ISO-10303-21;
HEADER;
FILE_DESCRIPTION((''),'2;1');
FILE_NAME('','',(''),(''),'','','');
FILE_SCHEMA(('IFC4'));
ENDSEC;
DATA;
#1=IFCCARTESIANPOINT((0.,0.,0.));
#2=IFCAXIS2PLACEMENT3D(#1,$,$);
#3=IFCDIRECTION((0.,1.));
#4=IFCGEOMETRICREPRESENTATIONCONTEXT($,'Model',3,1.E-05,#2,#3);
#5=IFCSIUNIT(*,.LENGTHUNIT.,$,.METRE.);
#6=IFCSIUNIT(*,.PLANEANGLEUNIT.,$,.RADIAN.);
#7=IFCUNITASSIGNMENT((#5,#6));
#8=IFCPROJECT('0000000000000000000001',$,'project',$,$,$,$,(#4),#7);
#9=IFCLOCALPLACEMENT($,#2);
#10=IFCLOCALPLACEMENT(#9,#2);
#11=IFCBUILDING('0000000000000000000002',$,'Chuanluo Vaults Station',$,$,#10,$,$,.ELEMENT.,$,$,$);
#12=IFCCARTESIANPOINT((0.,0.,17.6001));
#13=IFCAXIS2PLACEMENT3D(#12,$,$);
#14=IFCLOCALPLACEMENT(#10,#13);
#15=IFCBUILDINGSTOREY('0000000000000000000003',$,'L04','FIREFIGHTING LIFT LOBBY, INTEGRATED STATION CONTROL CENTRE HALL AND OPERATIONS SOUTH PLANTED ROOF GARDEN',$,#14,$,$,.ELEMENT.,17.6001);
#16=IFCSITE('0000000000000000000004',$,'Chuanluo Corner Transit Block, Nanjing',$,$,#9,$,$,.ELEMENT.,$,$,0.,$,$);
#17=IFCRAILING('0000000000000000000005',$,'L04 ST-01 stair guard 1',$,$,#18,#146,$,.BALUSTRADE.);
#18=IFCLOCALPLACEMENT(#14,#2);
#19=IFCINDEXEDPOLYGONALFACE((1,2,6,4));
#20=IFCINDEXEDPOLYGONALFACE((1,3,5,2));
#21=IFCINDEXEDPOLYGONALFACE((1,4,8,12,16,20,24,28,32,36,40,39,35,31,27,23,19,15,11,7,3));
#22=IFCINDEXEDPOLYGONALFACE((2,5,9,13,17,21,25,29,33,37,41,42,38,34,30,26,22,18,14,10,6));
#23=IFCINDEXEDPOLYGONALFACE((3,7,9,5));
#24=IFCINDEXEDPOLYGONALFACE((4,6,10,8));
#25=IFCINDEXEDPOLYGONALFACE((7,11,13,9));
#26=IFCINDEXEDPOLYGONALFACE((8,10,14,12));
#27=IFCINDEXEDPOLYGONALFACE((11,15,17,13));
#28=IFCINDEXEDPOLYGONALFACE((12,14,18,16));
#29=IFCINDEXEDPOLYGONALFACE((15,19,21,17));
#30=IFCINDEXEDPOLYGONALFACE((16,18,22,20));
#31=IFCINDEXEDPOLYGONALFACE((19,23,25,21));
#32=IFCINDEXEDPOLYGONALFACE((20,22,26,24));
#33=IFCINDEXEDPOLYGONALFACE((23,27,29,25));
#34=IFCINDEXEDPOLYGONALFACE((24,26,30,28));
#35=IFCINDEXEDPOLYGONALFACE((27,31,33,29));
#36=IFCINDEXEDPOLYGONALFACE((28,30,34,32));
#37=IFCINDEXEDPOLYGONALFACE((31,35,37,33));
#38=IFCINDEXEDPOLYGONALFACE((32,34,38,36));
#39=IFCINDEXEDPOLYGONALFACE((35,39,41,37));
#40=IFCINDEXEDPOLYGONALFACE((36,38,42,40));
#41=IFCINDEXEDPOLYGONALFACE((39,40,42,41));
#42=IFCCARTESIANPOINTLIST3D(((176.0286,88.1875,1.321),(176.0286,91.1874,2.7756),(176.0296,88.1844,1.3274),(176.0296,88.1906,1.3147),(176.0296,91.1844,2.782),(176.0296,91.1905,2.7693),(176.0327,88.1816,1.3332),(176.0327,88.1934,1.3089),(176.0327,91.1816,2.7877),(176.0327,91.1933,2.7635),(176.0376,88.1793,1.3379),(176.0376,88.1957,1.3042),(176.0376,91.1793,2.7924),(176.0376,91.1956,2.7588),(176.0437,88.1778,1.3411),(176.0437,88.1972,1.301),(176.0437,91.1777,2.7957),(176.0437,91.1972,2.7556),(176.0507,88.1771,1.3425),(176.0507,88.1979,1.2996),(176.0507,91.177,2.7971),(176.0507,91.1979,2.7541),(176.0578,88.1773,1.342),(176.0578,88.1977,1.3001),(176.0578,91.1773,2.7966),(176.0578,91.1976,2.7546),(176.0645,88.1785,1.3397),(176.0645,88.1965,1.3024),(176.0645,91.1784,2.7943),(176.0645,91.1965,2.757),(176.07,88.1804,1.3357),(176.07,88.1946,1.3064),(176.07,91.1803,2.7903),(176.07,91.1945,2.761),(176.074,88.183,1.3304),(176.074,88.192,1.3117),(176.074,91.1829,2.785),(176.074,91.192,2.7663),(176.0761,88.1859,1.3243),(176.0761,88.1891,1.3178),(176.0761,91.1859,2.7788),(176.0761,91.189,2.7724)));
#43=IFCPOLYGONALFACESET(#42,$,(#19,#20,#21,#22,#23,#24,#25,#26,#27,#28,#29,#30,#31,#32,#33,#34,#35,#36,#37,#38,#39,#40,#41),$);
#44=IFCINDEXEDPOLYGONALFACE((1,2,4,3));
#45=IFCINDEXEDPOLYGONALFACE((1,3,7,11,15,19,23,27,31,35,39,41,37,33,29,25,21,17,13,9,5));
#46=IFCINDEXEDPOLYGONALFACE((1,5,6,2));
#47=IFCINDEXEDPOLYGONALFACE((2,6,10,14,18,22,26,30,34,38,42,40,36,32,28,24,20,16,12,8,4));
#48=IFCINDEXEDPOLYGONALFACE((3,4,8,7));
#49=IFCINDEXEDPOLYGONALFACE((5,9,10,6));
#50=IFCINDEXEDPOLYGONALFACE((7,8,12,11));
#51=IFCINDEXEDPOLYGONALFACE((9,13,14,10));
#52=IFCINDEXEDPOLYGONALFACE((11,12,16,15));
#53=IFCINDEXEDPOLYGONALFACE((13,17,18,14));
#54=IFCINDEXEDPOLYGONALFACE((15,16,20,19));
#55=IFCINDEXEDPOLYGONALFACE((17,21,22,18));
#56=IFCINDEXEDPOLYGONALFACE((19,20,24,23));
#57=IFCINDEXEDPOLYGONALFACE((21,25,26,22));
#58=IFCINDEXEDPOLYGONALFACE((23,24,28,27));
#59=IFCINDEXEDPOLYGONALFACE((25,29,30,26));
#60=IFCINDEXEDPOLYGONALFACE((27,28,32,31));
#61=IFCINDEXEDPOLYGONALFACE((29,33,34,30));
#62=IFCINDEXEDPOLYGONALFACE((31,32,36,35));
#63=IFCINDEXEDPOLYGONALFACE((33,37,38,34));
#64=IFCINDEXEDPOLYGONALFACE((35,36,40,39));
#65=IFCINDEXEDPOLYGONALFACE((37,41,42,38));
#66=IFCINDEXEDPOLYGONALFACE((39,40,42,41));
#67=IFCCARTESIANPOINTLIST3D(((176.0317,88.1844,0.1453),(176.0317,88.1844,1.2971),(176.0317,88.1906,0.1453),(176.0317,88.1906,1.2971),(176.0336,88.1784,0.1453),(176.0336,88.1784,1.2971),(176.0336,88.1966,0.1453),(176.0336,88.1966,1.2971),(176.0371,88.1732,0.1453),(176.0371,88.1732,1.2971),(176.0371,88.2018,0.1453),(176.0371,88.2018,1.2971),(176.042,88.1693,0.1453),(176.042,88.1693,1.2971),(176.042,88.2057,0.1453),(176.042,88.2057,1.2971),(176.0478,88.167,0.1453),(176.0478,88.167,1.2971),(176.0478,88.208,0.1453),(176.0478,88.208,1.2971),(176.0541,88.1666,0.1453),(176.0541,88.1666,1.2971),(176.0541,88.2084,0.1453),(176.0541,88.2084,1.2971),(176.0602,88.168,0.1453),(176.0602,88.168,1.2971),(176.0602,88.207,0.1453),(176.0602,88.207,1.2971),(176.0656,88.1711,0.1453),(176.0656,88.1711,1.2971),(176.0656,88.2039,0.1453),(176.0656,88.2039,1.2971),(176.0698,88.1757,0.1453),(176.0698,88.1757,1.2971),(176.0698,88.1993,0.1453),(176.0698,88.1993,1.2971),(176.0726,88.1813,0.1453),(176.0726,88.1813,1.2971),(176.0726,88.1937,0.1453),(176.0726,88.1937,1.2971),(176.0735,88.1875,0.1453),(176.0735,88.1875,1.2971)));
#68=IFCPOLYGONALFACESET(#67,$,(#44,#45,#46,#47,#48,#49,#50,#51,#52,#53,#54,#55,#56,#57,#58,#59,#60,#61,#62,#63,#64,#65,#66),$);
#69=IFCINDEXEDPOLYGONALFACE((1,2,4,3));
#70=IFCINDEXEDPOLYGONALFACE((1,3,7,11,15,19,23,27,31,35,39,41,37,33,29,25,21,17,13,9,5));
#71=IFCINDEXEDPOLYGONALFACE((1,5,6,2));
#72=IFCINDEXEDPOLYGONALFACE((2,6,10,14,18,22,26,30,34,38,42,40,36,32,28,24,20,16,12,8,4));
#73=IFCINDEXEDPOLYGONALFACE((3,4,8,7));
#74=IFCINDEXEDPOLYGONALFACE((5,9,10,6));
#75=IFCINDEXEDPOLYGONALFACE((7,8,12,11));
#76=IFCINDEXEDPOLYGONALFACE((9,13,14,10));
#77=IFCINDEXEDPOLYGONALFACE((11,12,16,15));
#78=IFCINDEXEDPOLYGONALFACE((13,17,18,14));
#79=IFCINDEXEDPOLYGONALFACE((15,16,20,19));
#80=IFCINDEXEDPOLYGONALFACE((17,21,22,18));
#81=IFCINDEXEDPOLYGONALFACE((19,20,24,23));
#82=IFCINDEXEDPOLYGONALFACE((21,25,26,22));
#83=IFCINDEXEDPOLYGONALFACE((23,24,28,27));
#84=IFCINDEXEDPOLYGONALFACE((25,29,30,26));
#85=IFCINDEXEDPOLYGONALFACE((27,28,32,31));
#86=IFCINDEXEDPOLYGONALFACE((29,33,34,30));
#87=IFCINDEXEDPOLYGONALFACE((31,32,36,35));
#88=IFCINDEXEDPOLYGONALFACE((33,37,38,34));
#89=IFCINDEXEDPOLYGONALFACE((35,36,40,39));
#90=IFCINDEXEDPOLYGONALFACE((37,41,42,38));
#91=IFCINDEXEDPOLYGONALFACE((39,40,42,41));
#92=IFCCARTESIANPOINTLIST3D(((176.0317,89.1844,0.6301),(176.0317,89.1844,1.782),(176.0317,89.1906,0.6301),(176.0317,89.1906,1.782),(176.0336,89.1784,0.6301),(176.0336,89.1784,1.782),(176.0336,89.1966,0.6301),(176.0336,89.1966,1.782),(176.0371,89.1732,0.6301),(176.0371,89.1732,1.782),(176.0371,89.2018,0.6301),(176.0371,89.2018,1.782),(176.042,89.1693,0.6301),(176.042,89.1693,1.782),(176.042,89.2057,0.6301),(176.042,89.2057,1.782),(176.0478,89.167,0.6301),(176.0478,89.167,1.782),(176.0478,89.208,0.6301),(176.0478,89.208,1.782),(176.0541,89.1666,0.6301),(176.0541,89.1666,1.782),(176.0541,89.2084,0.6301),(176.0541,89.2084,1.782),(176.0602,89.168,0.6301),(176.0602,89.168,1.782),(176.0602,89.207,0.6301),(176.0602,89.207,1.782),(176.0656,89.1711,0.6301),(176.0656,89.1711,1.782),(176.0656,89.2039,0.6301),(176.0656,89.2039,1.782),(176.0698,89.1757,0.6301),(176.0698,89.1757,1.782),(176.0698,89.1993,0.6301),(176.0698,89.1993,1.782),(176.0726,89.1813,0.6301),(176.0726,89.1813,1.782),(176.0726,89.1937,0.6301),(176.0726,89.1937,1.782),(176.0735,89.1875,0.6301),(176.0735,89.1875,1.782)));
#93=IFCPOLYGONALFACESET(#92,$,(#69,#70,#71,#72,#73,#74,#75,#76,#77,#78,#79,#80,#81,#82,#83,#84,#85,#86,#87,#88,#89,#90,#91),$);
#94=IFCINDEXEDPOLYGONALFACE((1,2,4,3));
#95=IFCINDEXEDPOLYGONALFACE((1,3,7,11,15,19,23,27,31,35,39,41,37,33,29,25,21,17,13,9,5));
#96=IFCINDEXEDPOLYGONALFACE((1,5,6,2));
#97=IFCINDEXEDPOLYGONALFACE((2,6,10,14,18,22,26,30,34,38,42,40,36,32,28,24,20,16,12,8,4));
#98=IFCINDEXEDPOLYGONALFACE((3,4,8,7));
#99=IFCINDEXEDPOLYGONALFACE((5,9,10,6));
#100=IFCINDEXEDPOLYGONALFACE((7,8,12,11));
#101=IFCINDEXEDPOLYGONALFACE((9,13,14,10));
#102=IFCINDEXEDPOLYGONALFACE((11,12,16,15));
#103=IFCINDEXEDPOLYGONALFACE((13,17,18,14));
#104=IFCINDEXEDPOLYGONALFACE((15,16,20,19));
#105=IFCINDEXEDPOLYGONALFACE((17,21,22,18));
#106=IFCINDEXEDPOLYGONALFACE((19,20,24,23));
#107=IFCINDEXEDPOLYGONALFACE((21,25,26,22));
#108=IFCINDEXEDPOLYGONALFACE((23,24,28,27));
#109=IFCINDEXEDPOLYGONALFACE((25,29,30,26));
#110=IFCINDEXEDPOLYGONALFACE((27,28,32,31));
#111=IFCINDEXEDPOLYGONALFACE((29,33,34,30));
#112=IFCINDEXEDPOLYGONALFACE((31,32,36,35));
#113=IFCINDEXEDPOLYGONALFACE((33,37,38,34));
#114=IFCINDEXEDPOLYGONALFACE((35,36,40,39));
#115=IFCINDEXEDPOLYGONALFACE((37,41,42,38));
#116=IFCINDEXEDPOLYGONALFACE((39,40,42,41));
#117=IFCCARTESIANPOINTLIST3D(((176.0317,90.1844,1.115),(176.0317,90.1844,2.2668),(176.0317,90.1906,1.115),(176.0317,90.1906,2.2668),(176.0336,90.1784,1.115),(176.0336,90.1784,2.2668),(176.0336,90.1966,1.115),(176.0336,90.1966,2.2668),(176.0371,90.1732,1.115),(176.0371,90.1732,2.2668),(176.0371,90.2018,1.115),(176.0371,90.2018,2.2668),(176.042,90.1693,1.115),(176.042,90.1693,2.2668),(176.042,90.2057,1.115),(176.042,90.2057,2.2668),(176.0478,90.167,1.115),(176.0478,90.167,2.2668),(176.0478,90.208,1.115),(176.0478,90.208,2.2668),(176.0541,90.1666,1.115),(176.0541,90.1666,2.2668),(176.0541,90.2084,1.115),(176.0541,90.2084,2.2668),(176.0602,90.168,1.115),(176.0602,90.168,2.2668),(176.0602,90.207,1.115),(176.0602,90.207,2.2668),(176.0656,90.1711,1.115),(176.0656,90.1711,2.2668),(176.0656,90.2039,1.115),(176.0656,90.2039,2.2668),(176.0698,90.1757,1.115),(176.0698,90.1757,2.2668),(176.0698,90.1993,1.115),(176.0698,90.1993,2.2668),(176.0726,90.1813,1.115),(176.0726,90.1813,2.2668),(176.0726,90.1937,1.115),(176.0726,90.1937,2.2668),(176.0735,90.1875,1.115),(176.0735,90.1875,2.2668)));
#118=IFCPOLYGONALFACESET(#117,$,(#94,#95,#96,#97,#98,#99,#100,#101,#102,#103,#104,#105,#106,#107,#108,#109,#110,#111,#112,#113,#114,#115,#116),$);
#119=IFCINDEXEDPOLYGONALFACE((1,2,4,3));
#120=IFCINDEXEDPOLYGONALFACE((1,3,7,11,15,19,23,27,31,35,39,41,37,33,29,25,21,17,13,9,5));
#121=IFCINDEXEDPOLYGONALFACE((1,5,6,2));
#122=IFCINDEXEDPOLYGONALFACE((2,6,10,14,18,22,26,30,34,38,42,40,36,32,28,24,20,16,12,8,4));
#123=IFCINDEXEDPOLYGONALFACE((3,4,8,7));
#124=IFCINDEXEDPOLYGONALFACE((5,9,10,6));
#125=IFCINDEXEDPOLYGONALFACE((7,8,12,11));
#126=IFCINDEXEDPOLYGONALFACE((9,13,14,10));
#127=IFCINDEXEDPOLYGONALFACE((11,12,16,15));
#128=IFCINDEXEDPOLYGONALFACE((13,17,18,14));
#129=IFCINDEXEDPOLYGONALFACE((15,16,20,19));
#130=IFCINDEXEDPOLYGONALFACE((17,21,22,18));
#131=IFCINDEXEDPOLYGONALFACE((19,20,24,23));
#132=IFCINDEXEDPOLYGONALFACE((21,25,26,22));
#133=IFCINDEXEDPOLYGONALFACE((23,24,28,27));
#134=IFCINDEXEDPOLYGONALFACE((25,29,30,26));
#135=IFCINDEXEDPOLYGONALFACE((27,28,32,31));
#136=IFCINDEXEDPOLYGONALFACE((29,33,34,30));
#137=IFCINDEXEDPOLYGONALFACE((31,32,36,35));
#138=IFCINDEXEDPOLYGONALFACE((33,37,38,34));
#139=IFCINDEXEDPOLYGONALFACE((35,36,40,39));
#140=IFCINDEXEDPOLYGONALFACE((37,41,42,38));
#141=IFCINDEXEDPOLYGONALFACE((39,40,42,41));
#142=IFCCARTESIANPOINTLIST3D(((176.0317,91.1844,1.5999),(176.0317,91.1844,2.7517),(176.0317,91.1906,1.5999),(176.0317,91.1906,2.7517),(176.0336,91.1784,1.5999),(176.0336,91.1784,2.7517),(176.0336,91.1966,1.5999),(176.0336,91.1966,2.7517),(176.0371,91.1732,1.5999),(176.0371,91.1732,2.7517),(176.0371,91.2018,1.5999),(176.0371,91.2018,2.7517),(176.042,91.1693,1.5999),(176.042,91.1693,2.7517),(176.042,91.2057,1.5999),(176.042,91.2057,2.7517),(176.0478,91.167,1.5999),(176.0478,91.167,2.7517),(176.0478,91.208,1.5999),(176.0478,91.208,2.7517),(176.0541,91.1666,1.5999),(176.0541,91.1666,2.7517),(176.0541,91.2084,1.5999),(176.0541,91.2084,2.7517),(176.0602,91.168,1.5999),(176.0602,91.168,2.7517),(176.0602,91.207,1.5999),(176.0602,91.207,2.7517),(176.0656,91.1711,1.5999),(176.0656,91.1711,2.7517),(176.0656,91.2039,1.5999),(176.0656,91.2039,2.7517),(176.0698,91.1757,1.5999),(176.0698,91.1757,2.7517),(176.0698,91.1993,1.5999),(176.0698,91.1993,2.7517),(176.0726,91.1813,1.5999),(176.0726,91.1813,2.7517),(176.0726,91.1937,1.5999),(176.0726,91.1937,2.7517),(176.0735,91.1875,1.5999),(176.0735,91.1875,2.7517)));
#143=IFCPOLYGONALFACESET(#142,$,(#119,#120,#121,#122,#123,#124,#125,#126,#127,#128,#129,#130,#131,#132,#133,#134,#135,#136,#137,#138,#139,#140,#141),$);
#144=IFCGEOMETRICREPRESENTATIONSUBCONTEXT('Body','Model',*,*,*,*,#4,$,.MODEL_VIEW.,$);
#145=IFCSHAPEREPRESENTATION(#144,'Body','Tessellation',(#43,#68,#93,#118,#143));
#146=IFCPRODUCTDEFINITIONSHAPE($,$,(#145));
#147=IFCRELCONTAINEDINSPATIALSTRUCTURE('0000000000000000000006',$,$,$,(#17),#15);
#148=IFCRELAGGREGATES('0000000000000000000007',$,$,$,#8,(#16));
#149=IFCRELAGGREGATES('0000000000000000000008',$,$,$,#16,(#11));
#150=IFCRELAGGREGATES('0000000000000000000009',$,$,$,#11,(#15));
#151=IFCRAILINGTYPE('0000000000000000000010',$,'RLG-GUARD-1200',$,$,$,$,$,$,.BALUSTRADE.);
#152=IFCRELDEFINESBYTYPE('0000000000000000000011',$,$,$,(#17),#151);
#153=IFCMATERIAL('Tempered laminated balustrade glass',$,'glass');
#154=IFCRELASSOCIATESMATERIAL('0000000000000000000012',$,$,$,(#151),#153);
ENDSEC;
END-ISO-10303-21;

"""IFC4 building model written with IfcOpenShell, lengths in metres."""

from ifc_helpers import new_model, si_unit, direction, frame, origin, origin_2d, place, context, subcontext, project, spatial, circle, extrude, material, type_object, element, save


model = new_model("IFC4")

# Units and contexts
model_context = context("Model", 3, precision=1e-05, world=origin(), true_north=direction((0.0, 1.0)))
body_context = subcontext(model_context, "Body", "Model", "MODEL_VIEW")
ifc_project = project(units=[si_unit("LENGTHUNIT", "METRE"), si_unit("PLANEANGLEUNIT", "RADIAN")], contexts=[model_context])

# Site, building, storey
site_placement = place(None, origin())
site = spatial("IfcSite", under=ifc_project, at=site_placement, Name="Chuanluo Corner Transit Block, Nanjing", CompositionType="ELEMENT", RefElevation=0.0)
building_placement = place(site_placement, origin())
building = spatial("IfcBuilding", under=site, at=building_placement, Name="Chuanluo Vaults Station", CompositionType="ELEMENT")
storey_placement = place(building_placement, frame((0.0, 0.0, 17.6001)))
storey = spatial("IfcBuildingStorey", under=building, at=storey_placement, Name="L04", Description="FIREFIGHTING LIFT LOBBY, INTEGRATED STATION CONTROL CENTRE HALL AND OPERATIONS SOUTH PLANTED ROOF GARDEN", CompositionType="ELEMENT", Elevation=17.6001)

# Railing
ifc_material_1 = material(Name="Tempered laminated balustrade glass", Category="glass")
railing_type_1 = type_object("IfcRailingType", Name="RLG-GUARD-1200", PredefinedType="BALUSTRADE", material=ifc_material_1)
railing_1_placement = place(storey_placement, frame((176.0525, 88.1875, 0.1453)))
element("IfcRailing", 1, at=railing_1_placement, inside=storey, type_object=railing_type_1, Name="L04 ST-01 stair guard 1", PredefinedType="BALUSTRADE", context=body_context, shape_type="SweptSolid", body=[
    extrude(circle(Radius=0.0239, at=origin_2d()), frame((0.0, 0.0, 1.1758), z_axis=(0.0, 0.899809, 0.436284), x_axis=(-1.0, 0.0, 0.0)), (0.0, 0.0, 1.0), 3.334),
    extrude(circle(Radius=0.021, at=origin_2d()), origin(), (0.0, 0.0, 1.0), 1.1519),
    extrude(circle(Radius=0.021, at=origin_2d()), frame((0.0, 1.0, 0.4849)), (0.0, 0.0, 1.0), 1.1519),
    extrude(circle(Radius=0.021, at=origin_2d()), frame((0.0, 2.0, 0.9697)), (0.0, 0.0, 1.0), 1.1519),
    extrude(circle(Radius=0.021, at=origin_2d()), frame((0.0, 3.0, 1.4546)), (0.0, 0.0, 1.0), 1.1519),
])

save(model, "model.ifc")
